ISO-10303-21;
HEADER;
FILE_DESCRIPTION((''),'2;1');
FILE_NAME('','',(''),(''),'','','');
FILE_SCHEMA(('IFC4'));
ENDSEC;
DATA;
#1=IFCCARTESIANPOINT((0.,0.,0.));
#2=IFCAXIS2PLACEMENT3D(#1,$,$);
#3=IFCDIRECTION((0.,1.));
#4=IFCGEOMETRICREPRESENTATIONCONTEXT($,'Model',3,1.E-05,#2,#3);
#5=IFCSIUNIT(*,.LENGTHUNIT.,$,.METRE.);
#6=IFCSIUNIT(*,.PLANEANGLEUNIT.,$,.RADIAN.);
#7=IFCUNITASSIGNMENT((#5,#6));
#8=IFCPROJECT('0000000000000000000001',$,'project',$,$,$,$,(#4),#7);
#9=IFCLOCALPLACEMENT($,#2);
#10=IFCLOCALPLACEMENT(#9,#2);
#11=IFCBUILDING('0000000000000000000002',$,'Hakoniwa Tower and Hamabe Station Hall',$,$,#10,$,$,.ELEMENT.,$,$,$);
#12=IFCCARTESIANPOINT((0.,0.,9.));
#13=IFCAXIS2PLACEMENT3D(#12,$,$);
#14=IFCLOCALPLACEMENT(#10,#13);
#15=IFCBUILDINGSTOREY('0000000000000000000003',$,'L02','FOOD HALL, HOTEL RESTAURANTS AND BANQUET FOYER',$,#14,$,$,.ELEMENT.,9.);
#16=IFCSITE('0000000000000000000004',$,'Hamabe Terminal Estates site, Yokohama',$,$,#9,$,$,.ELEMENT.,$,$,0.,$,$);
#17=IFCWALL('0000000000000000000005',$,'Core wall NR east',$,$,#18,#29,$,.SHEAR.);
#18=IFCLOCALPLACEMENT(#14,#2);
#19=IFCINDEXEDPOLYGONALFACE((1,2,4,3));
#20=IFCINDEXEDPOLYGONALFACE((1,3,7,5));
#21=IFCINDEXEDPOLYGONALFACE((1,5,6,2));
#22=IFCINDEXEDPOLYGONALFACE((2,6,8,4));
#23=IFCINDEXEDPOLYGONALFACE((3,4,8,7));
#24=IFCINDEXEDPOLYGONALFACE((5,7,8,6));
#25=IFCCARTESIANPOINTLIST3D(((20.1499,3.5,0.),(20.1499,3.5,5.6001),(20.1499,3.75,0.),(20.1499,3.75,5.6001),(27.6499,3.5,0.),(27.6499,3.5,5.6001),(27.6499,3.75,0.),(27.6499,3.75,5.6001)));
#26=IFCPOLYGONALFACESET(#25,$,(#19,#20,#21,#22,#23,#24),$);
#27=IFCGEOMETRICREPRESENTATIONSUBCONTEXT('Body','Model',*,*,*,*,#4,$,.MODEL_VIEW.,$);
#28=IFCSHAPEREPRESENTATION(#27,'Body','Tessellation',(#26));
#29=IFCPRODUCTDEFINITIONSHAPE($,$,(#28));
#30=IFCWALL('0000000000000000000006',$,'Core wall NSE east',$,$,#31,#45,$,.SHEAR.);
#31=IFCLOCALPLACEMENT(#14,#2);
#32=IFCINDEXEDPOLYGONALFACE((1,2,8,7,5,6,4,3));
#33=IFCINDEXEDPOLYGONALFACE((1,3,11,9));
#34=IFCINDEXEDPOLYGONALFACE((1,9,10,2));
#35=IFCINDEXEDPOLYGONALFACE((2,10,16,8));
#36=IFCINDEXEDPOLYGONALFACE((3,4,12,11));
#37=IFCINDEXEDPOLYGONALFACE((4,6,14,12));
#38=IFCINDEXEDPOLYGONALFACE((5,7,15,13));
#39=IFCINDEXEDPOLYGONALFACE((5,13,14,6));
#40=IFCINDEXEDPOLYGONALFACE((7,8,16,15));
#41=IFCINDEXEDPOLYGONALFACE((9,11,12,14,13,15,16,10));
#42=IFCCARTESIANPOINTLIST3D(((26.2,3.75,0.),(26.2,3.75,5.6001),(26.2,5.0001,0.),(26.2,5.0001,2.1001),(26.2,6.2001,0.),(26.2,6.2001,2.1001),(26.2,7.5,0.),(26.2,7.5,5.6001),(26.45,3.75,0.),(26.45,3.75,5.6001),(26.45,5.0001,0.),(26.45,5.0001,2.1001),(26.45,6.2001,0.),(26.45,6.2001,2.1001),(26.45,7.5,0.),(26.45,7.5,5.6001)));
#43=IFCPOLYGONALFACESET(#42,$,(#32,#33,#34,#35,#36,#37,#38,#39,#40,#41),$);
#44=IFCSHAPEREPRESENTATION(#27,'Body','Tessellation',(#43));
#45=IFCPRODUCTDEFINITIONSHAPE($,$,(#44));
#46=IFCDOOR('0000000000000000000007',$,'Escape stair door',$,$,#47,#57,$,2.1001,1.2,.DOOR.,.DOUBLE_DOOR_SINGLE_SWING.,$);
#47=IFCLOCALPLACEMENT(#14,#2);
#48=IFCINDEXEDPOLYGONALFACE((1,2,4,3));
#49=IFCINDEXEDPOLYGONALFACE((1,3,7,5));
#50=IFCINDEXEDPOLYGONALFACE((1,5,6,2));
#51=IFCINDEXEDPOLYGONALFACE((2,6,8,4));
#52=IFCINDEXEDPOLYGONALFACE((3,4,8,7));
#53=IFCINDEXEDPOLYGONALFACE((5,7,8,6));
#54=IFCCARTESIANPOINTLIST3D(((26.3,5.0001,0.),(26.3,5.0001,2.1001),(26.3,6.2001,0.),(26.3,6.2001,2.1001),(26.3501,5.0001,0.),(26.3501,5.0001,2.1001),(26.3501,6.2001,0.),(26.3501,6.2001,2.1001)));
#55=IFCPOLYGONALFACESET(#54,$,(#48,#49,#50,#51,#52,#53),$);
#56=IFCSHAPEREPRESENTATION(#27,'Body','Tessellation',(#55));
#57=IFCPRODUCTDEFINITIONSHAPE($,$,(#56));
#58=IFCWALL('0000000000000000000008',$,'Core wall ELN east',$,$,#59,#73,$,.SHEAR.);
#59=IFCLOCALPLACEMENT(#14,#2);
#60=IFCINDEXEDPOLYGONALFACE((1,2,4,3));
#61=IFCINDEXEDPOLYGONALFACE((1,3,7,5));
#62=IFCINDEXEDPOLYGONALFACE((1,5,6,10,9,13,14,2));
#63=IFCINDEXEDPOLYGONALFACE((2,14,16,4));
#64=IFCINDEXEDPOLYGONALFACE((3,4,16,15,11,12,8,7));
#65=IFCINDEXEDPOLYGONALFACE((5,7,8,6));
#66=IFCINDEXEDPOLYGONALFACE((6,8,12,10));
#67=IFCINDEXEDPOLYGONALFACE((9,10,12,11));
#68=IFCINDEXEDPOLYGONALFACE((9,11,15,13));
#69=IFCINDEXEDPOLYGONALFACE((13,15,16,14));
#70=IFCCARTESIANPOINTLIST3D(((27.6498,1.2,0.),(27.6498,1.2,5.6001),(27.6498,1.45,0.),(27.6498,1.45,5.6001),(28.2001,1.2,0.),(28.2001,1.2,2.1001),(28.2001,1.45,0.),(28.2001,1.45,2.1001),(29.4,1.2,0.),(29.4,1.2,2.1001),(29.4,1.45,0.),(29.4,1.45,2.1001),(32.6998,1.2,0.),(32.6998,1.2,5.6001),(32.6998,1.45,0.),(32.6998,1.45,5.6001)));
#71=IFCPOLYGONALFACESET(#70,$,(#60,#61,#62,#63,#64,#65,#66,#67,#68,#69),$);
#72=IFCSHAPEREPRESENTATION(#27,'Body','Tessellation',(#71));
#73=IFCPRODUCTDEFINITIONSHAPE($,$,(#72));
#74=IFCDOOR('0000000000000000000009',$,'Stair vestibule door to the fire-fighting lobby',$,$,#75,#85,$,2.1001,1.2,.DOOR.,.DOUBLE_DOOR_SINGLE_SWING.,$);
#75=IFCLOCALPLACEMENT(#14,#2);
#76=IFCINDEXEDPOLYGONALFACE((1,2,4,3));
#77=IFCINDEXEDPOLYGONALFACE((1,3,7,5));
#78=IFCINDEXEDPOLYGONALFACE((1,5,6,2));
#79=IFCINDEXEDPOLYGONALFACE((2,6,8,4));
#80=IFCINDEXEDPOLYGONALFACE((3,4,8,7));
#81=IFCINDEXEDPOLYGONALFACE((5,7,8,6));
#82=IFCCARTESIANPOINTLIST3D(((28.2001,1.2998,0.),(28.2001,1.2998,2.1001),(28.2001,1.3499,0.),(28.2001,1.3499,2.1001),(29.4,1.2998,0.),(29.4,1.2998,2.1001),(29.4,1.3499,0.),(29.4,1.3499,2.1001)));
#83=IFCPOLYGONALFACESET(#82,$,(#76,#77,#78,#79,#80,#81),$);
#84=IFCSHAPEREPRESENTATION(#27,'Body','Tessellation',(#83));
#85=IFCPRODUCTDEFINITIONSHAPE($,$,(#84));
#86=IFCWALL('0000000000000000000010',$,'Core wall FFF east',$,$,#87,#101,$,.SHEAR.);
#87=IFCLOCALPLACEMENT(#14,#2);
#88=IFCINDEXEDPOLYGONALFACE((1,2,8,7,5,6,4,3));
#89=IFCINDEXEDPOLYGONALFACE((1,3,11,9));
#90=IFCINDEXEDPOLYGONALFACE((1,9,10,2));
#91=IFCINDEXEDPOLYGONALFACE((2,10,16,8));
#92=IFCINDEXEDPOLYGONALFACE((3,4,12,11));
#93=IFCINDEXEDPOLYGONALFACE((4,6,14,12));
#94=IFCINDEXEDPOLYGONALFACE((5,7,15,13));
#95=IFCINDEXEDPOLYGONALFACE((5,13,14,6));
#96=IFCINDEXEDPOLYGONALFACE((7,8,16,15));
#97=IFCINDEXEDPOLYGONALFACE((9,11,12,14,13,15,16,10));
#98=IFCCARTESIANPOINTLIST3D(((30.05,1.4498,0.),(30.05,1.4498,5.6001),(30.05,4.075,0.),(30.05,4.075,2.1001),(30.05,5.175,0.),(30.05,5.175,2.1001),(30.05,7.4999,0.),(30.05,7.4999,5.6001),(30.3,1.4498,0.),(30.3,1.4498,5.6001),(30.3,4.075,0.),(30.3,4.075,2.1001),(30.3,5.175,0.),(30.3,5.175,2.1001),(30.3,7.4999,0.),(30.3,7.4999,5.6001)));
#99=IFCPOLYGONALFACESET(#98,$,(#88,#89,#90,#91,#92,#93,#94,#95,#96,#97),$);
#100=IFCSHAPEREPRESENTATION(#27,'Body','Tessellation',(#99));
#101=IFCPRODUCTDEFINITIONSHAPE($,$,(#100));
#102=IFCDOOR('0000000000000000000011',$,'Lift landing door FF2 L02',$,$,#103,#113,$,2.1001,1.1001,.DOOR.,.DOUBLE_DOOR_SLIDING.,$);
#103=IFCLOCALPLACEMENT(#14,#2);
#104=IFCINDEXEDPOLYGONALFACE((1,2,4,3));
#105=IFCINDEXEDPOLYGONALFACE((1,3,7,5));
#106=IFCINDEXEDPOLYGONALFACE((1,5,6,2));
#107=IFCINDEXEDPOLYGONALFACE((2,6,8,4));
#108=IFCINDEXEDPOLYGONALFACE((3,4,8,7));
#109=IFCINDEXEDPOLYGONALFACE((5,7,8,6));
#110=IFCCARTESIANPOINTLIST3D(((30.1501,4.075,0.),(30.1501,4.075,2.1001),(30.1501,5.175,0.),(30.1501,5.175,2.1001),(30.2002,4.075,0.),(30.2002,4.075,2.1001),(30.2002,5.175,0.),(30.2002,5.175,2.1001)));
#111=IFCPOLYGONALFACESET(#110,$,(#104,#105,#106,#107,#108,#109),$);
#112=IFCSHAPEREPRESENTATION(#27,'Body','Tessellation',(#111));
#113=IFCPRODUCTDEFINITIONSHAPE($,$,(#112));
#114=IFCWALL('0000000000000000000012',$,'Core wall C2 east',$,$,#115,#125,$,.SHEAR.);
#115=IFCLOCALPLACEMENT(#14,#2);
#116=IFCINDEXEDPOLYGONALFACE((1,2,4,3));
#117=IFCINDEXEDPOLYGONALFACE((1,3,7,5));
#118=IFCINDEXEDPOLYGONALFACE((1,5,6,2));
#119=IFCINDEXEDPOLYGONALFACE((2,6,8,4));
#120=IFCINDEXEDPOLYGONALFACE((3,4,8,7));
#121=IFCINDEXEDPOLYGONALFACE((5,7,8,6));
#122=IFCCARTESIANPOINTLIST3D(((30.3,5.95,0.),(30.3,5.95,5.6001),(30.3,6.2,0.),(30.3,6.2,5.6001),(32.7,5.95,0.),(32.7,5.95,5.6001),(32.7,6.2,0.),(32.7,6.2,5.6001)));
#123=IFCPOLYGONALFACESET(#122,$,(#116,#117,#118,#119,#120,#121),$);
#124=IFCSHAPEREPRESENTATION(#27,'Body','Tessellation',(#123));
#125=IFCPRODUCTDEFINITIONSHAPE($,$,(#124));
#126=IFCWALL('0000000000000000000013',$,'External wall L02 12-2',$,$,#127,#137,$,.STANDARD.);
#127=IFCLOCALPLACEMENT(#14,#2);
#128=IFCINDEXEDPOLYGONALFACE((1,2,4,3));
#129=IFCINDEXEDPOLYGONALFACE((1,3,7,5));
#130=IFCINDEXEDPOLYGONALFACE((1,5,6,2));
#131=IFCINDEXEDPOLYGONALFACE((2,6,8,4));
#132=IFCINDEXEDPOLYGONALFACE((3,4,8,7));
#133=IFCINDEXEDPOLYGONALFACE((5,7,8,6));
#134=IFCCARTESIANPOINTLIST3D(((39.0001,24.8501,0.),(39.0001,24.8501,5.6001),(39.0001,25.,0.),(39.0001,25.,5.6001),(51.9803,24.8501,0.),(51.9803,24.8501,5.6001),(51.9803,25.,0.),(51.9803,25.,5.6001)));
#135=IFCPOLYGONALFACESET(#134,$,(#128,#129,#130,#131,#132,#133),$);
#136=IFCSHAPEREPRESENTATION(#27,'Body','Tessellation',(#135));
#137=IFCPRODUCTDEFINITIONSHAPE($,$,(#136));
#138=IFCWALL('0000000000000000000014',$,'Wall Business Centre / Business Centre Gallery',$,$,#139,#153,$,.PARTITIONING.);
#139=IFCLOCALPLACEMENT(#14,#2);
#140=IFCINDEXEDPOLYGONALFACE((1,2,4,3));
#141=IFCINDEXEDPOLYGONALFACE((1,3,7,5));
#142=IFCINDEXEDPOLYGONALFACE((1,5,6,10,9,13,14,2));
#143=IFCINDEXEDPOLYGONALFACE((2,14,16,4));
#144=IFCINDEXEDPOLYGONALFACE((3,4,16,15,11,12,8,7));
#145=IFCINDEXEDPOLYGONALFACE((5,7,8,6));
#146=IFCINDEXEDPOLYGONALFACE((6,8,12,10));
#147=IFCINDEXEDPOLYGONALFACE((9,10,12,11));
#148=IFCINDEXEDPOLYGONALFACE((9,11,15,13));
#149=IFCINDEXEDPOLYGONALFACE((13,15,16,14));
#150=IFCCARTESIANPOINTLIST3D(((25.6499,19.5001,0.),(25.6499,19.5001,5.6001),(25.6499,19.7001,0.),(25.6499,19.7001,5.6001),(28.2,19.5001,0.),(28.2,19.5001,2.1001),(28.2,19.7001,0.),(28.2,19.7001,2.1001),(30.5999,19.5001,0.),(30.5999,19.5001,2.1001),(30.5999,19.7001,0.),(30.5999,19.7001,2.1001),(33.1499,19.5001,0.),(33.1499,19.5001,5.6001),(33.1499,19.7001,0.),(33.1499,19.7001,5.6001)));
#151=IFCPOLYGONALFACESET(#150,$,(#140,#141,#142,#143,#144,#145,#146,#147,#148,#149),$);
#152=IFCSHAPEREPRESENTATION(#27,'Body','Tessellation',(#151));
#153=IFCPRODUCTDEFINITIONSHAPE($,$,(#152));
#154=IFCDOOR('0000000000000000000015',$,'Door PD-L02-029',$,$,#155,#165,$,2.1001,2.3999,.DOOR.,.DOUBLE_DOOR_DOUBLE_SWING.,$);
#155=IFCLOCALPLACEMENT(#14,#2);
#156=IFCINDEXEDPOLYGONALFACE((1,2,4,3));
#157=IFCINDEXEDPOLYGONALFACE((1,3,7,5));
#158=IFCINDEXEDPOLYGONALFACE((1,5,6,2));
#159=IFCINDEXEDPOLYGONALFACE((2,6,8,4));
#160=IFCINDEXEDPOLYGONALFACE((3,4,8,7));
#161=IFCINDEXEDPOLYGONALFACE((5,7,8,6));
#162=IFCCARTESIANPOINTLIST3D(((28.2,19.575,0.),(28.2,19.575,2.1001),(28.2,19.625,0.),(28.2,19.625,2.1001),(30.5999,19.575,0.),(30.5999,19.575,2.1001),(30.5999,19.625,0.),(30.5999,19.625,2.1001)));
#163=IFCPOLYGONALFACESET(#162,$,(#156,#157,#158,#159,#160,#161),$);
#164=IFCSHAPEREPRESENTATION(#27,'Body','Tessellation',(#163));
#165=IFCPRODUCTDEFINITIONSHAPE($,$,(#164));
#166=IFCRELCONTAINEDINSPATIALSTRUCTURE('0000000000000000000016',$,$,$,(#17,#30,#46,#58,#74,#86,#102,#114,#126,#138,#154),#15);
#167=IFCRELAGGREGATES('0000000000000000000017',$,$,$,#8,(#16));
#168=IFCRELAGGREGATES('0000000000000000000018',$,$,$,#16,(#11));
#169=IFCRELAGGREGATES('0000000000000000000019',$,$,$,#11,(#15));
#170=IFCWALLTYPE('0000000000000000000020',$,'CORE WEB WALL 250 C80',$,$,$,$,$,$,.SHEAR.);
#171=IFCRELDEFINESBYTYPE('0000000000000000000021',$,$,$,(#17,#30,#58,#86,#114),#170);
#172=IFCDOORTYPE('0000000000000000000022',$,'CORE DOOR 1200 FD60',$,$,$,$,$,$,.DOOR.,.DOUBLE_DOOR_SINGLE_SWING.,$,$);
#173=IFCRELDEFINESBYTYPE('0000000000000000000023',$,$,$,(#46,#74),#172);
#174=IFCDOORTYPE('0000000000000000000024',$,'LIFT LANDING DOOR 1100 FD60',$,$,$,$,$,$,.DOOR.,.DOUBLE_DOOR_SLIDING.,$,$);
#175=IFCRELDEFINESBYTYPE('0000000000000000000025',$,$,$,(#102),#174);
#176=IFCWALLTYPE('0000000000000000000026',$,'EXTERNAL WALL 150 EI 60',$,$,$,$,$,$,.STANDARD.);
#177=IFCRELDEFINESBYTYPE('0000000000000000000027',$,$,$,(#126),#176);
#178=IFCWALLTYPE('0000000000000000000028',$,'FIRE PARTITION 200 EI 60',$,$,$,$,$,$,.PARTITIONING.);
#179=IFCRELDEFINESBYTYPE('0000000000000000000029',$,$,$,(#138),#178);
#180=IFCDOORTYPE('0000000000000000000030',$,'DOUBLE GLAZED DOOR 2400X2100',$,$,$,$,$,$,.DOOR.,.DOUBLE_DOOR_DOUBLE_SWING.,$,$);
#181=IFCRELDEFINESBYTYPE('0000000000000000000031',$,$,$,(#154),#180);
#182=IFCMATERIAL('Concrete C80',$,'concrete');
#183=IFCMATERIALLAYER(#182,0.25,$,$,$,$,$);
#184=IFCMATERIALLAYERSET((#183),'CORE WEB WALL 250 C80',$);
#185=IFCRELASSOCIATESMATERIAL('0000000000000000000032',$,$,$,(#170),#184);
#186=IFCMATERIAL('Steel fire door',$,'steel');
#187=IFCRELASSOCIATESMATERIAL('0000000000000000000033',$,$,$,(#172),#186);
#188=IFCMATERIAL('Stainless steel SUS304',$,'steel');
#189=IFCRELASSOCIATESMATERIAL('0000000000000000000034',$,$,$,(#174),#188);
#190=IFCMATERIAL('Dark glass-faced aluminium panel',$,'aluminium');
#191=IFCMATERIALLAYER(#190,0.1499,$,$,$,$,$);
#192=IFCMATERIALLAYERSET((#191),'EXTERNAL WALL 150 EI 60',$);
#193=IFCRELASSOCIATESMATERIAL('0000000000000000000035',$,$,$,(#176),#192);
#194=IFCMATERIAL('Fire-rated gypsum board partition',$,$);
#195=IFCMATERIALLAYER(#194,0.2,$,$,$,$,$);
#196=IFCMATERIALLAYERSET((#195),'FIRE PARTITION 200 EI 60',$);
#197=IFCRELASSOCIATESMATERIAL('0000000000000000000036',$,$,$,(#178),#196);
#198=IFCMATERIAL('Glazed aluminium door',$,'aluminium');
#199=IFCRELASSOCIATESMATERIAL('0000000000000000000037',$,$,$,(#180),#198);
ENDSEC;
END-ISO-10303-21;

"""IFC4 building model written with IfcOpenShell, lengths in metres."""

from ifc_helpers import new_model, si_unit, direction, frame, frame_2d, origin, place, context, subcontext, project, spatial, rectangle, extrude, material, layer, layer_set, type_object, element, fill, save


model = new_model("IFC4")

# Units and contexts
model_context = context("Model", 3, precision=1e-05, world=origin(), true_north=direction((0.0, 1.0)))
body_context = subcontext(model_context, "Body", "Model", "MODEL_VIEW")
ifc_project = project(units=[si_unit("LENGTHUNIT", "METRE"), si_unit("PLANEANGLEUNIT", "RADIAN")], contexts=[model_context])

# Site, building, storey
site_placement = place(None, origin())
site = spatial("IfcSite", under=ifc_project, at=site_placement, Name="Hamabe Terminal Estates site, Yokohama", CompositionType="ELEMENT", RefElevation=0.0)
building_placement = place(site_placement, origin())
building = spatial("IfcBuilding", under=site, at=building_placement, Name="Hakoniwa Tower and Hamabe Station Hall", CompositionType="ELEMENT")
storey_placement = place(building_placement, frame((0.0, 0.0, 9.0)))
storey = spatial("IfcBuildingStorey", under=building, at=storey_placement, Name="L02", Description="FOOD HALL, HOTEL RESTAURANTS AND BANQUET FOYER", CompositionType="ELEMENT", Elevation=9.0)

# Wall
ifc_material_1 = material(Name="Concrete C80", Category="concrete")
ifc_layer_1 = layer(ifc_material_1, 0.25)
ifc_layer_set_1 = layer_set([ifc_layer_1], Name="CORE WEB WALL 250 C80")
wall_type_1 = type_object("IfcWallType", Name="CORE WEB WALL 250 C80", PredefinedType="SHEAR", material=ifc_layer_set_1)
wall_1_placement = place(storey_placement, frame((20.1499, 3.625, 0.0), z_axis=(0.0, 0.0, 1.0), x_axis=(1.0, 0.0, 0.0)))
element("IfcWall", 1, at=wall_1_placement, inside=storey, type_object=wall_type_1, Name="Core wall NR east", PredefinedType="SHEAR", context=body_context, shape_type="SweptSolid", body=[
    extrude(rectangle(XDim=7.5, YDim=0.25, at=frame_2d((3.75, 0.0))), origin(), (0.0, 0.0, 1.0), 5.6001),
])

# Walls, openings, doors
wall_2_placement = place(storey_placement, frame((26.325, 3.75, 0.0), z_axis=(0.0, 0.0, 1.0), x_axis=(0.0, 1.0, 0.0)))
wall_2 = element("IfcWall", 2, at=wall_2_placement, inside=storey, type_object=wall_type_1, Name="Core wall NSE east", PredefinedType="SHEAR", context=body_context, shape_type="SweptSolid", body=[
    extrude(rectangle(XDim=3.75, YDim=0.25, at=frame_2d((1.875, 0.0))), origin(), (0.0, 0.0, 1.0), 5.6001),
])
opening_1_placement = place(wall_2_placement, frame((1.25, 0.0, 0.0)))
opening_1 = element("IfcOpeningElement", 3, at=opening_1_placement, cuts=wall_2, PredefinedType="OPENING", context=body_context, shape_type="SweptSolid", body=[
    extrude(rectangle(XDim=1.2, YDim=2.1001, at=frame_2d((0.6001, 1.05))), frame((0.0, 0.135, 0.0), z_axis=(0.0, -1.0, 0.0), x_axis=(1.0, 0.0, 0.0)), (0.0, 0.0, 1.0), 0.27),
])
ifc_material_2 = material(Name="Steel fire door", Category="steel")
door_type_1 = type_object("IfcDoorType", Name="CORE DOOR 1200 FD60", OperationType="DOUBLE_DOOR_SINGLE_SWING", PredefinedType="DOOR", material=ifc_material_2)
door_1_placement = place(opening_1_placement, origin())
door_1 = element("IfcDoor", 4, at=door_1_placement, inside=storey, type_object=door_type_1, Name="Escape stair door", OperationType="DOUBLE_DOOR_SINGLE_SWING", OverallHeight=2.1001, OverallWidth=1.2, PredefinedType="DOOR", context=body_context, shape_type="SweptSolid", body=[
    extrude(rectangle(XDim=1.2, YDim=2.1001, at=frame_2d((0.6001, 1.05))), frame((0.0, 0.0249, 0.0), z_axis=(0.0, -1.0, 0.0), x_axis=(1.0, 0.0, 0.0)), (0.0, 0.0, 1.0), 0.05),
])
fill(opening_1, door_1)
wall_3_placement = place(storey_placement, frame((27.6499, 1.325, 0.0), z_axis=(0.0, 0.0, 1.0), x_axis=(1.0, 0.0, 0.0)))
wall_3 = element("IfcWall", 5, at=wall_3_placement, inside=storey, type_object=wall_type_1, Name="Core wall ELN east", PredefinedType="SHEAR", context=body_context, shape_type="SweptSolid", body=[
    extrude(rectangle(XDim=5.05, YDim=0.25, at=frame_2d((2.5249, 0.0))), origin(), (0.0, 0.0, 1.0), 5.6001),
])
opening_2_placement = place(wall_3_placement, frame((0.55, 0.0, 0.0)))
opening_2 = element("IfcOpeningElement", 6, at=opening_2_placement, cuts=wall_3, PredefinedType="OPENING", context=body_context, shape_type="SweptSolid", body=[
    extrude(rectangle(XDim=1.2, YDim=2.1001, at=frame_2d((0.6001, 1.05))), frame((0.0, 0.135, 0.0), z_axis=(0.0, -1.0, 0.0), x_axis=(1.0, 0.0, 0.0)), (0.0, 0.0, 1.0), 0.27),
])
door_2_placement = place(opening_2_placement, origin())
door_2 = element("IfcDoor", 7, at=door_2_placement, inside=storey, type_object=door_type_1, Name="Stair vestibule door to the fire-fighting lobby", OperationType="DOUBLE_DOOR_SINGLE_SWING", OverallHeight=2.1001, OverallWidth=1.2, PredefinedType="DOOR", context=body_context, shape_type="SweptSolid", body=[
    extrude(rectangle(XDim=1.2, YDim=2.1001, at=frame_2d((0.6001, 1.05))), frame((0.0, 0.0249, 0.0), z_axis=(0.0, -1.0, 0.0), x_axis=(1.0, 0.0, 0.0)), (0.0, 0.0, 1.0), 0.05),
])
fill(opening_2, door_2)
wall_4_placement = place(storey_placement, frame((30.175, 1.45, 0.0), z_axis=(0.0, 0.0, 1.0), x_axis=(0.0, 1.0, 0.0)))
wall_4 = element("IfcWall", 8, at=wall_4_placement, inside=storey, type_object=wall_type_1, Name="Core wall FFF east", PredefinedType="SHEAR", context=body_context, shape_type="SweptSolid", body=[
    extrude(rectangle(XDim=6.05, YDim=0.25, at=frame_2d((3.0249, 0.0))), origin(), (0.0, 0.0, 1.0), 5.6001),
])
opening_3_placement = place(wall_4_placement, frame((2.625, 0.0, 0.0)))
opening_3 = element("IfcOpeningElement", 9, at=opening_3_placement, cuts=wall_4, PredefinedType="OPENING", context=body_context, shape_type="SweptSolid", body=[
    extrude(rectangle(XDim=1.1001, YDim=2.1001, at=frame_2d((0.55, 1.05))), frame((0.0, 0.135, 0.0), z_axis=(0.0, -1.0, 0.0), x_axis=(1.0, 0.0, 0.0)), (0.0, 0.0, 1.0), 0.27),
])
ifc_material_3 = material(Name="Stainless steel SUS304", Category="steel")
door_type_2 = type_object("IfcDoorType", Name="LIFT LANDING DOOR 1100 FD60", OperationType="DOUBLE_DOOR_SLIDING", PredefinedType="DOOR", material=ifc_material_3)
door_3_placement = place(opening_3_placement, origin())
door_3 = element("IfcDoor", 10, at=door_3_placement, inside=storey, type_object=door_type_2, Name="Lift landing door FF2 L02", OperationType="DOUBLE_DOOR_SLIDING", OverallHeight=2.1001, OverallWidth=1.1001, PredefinedType="DOOR", context=body_context, shape_type="SweptSolid", body=[
    extrude(rectangle(XDim=1.1001, YDim=2.1001, at=frame_2d((0.55, 1.05))), frame((0.0, 0.0249, 0.0), z_axis=(0.0, -1.0, 0.0), x_axis=(1.0, 0.0, 0.0)), (0.0, 0.0, 1.0), 0.05),
])
fill(opening_3, door_3)

# Walls
wall_5_placement = place(storey_placement, frame((30.3, 6.075, 0.0), z_axis=(0.0, 0.0, 1.0), x_axis=(1.0, 0.0, 0.0)))
element("IfcWall", 11, at=wall_5_placement, inside=storey, type_object=wall_type_1, Name="Core wall C2 east", PredefinedType="SHEAR", context=body_context, shape_type="SweptSolid", body=[
    extrude(rectangle(XDim=2.3999, YDim=0.25, at=frame_2d((1.2, 0.0))), origin(), (0.0, 0.0, 1.0), 5.6001),
])
ifc_material_4 = material(Name="Dark glass-faced aluminium panel", Category="aluminium")
ifc_layer_2 = layer(ifc_material_4, 0.1499)
ifc_layer_set_2 = layer_set([ifc_layer_2], Name="EXTERNAL WALL 150 EI 60")
wall_type_2 = type_object("IfcWallType", Name="EXTERNAL WALL 150 EI 60", PredefinedType="STANDARD", material=ifc_layer_set_2)
wall_6_placement = place(storey_placement, frame((39.0, 24.925, 0.0), z_axis=(0.0, 0.0, 1.0), x_axis=(1.0, 0.0, 0.0)))
element("IfcWall", 12, at=wall_6_placement, inside=storey, type_object=wall_type_2, Name="External wall L02 12-2", PredefinedType="STANDARD", context=body_context, shape_type="SweptSolid", body=[
    extrude(rectangle(XDim=12.9802, YDim=0.1499, at=frame_2d((6.4902, 0.0))), origin(), (0.0, 0.0, 1.0), 5.6001),
])

# Wall, opening, door
ifc_material_5 = material(Name="Fire-rated gypsum board partition")
ifc_layer_3 = layer(ifc_material_5, 0.2)
ifc_layer_set_3 = layer_set([ifc_layer_3], Name="FIRE PARTITION 200 EI 60")
wall_type_3 = type_object("IfcWallType", Name="FIRE PARTITION 200 EI 60", PredefinedType="PARTITIONING", material=ifc_layer_set_3)
wall_7_placement = place(storey_placement, frame((25.6499, 19.6001, 0.0), z_axis=(0.0, 0.0, 1.0), x_axis=(1.0, 0.0, 0.0)))
wall_7 = element("IfcWall", 13, at=wall_7_placement, inside=storey, type_object=wall_type_3, Name="Wall Business Centre / Business Centre Gallery", PredefinedType="PARTITIONING", context=body_context, shape_type="SweptSolid", body=[
    extrude(rectangle(XDim=7.5, YDim=0.2, at=frame_2d((3.75, 0.0))), origin(), (0.0, 0.0, 1.0), 5.6001),
])
opening_4_placement = place(wall_7_placement, frame((2.55, 0.0, 0.0)))
opening_4 = element("IfcOpeningElement", 14, at=opening_4_placement, cuts=wall_7, PredefinedType="OPENING", context=body_context, shape_type="SweptSolid", body=[
    extrude(rectangle(XDim=2.3999, YDim=2.1001, at=frame_2d((1.2, 1.05))), frame((0.0, 0.1099, 0.0), z_axis=(0.0, -1.0, 0.0), x_axis=(1.0, 0.0, 0.0)), (0.0, 0.0, 1.0), 0.22),
])
ifc_material_6 = material(Name="Glazed aluminium door", Category="aluminium")
door_type_3 = type_object("IfcDoorType", Name="DOUBLE GLAZED DOOR 2400X2100", OperationType="DOUBLE_DOOR_DOUBLE_SWING", PredefinedType="DOOR", material=ifc_material_6)
door_4_placement = place(opening_4_placement, origin())
door_4 = element("IfcDoor", 15, at=door_4_placement, inside=storey, type_object=door_type_3, Name="Door PD-L02-029", OperationType="DOUBLE_DOOR_DOUBLE_SWING", OverallHeight=2.1001, OverallWidth=2.3999, PredefinedType="DOOR", context=body_context, shape_type="SweptSolid", body=[
    extrude(rectangle(XDim=2.3999, YDim=2.1001, at=frame_2d((1.2, 1.05))), frame((0.0, 0.0249, 0.0), z_axis=(0.0, -1.0, 0.0), x_axis=(1.0, 0.0, 0.0)), (0.0, 0.0, 1.0), 0.05),
])
fill(opening_4, door_4)

save(model, "model.ifc")
